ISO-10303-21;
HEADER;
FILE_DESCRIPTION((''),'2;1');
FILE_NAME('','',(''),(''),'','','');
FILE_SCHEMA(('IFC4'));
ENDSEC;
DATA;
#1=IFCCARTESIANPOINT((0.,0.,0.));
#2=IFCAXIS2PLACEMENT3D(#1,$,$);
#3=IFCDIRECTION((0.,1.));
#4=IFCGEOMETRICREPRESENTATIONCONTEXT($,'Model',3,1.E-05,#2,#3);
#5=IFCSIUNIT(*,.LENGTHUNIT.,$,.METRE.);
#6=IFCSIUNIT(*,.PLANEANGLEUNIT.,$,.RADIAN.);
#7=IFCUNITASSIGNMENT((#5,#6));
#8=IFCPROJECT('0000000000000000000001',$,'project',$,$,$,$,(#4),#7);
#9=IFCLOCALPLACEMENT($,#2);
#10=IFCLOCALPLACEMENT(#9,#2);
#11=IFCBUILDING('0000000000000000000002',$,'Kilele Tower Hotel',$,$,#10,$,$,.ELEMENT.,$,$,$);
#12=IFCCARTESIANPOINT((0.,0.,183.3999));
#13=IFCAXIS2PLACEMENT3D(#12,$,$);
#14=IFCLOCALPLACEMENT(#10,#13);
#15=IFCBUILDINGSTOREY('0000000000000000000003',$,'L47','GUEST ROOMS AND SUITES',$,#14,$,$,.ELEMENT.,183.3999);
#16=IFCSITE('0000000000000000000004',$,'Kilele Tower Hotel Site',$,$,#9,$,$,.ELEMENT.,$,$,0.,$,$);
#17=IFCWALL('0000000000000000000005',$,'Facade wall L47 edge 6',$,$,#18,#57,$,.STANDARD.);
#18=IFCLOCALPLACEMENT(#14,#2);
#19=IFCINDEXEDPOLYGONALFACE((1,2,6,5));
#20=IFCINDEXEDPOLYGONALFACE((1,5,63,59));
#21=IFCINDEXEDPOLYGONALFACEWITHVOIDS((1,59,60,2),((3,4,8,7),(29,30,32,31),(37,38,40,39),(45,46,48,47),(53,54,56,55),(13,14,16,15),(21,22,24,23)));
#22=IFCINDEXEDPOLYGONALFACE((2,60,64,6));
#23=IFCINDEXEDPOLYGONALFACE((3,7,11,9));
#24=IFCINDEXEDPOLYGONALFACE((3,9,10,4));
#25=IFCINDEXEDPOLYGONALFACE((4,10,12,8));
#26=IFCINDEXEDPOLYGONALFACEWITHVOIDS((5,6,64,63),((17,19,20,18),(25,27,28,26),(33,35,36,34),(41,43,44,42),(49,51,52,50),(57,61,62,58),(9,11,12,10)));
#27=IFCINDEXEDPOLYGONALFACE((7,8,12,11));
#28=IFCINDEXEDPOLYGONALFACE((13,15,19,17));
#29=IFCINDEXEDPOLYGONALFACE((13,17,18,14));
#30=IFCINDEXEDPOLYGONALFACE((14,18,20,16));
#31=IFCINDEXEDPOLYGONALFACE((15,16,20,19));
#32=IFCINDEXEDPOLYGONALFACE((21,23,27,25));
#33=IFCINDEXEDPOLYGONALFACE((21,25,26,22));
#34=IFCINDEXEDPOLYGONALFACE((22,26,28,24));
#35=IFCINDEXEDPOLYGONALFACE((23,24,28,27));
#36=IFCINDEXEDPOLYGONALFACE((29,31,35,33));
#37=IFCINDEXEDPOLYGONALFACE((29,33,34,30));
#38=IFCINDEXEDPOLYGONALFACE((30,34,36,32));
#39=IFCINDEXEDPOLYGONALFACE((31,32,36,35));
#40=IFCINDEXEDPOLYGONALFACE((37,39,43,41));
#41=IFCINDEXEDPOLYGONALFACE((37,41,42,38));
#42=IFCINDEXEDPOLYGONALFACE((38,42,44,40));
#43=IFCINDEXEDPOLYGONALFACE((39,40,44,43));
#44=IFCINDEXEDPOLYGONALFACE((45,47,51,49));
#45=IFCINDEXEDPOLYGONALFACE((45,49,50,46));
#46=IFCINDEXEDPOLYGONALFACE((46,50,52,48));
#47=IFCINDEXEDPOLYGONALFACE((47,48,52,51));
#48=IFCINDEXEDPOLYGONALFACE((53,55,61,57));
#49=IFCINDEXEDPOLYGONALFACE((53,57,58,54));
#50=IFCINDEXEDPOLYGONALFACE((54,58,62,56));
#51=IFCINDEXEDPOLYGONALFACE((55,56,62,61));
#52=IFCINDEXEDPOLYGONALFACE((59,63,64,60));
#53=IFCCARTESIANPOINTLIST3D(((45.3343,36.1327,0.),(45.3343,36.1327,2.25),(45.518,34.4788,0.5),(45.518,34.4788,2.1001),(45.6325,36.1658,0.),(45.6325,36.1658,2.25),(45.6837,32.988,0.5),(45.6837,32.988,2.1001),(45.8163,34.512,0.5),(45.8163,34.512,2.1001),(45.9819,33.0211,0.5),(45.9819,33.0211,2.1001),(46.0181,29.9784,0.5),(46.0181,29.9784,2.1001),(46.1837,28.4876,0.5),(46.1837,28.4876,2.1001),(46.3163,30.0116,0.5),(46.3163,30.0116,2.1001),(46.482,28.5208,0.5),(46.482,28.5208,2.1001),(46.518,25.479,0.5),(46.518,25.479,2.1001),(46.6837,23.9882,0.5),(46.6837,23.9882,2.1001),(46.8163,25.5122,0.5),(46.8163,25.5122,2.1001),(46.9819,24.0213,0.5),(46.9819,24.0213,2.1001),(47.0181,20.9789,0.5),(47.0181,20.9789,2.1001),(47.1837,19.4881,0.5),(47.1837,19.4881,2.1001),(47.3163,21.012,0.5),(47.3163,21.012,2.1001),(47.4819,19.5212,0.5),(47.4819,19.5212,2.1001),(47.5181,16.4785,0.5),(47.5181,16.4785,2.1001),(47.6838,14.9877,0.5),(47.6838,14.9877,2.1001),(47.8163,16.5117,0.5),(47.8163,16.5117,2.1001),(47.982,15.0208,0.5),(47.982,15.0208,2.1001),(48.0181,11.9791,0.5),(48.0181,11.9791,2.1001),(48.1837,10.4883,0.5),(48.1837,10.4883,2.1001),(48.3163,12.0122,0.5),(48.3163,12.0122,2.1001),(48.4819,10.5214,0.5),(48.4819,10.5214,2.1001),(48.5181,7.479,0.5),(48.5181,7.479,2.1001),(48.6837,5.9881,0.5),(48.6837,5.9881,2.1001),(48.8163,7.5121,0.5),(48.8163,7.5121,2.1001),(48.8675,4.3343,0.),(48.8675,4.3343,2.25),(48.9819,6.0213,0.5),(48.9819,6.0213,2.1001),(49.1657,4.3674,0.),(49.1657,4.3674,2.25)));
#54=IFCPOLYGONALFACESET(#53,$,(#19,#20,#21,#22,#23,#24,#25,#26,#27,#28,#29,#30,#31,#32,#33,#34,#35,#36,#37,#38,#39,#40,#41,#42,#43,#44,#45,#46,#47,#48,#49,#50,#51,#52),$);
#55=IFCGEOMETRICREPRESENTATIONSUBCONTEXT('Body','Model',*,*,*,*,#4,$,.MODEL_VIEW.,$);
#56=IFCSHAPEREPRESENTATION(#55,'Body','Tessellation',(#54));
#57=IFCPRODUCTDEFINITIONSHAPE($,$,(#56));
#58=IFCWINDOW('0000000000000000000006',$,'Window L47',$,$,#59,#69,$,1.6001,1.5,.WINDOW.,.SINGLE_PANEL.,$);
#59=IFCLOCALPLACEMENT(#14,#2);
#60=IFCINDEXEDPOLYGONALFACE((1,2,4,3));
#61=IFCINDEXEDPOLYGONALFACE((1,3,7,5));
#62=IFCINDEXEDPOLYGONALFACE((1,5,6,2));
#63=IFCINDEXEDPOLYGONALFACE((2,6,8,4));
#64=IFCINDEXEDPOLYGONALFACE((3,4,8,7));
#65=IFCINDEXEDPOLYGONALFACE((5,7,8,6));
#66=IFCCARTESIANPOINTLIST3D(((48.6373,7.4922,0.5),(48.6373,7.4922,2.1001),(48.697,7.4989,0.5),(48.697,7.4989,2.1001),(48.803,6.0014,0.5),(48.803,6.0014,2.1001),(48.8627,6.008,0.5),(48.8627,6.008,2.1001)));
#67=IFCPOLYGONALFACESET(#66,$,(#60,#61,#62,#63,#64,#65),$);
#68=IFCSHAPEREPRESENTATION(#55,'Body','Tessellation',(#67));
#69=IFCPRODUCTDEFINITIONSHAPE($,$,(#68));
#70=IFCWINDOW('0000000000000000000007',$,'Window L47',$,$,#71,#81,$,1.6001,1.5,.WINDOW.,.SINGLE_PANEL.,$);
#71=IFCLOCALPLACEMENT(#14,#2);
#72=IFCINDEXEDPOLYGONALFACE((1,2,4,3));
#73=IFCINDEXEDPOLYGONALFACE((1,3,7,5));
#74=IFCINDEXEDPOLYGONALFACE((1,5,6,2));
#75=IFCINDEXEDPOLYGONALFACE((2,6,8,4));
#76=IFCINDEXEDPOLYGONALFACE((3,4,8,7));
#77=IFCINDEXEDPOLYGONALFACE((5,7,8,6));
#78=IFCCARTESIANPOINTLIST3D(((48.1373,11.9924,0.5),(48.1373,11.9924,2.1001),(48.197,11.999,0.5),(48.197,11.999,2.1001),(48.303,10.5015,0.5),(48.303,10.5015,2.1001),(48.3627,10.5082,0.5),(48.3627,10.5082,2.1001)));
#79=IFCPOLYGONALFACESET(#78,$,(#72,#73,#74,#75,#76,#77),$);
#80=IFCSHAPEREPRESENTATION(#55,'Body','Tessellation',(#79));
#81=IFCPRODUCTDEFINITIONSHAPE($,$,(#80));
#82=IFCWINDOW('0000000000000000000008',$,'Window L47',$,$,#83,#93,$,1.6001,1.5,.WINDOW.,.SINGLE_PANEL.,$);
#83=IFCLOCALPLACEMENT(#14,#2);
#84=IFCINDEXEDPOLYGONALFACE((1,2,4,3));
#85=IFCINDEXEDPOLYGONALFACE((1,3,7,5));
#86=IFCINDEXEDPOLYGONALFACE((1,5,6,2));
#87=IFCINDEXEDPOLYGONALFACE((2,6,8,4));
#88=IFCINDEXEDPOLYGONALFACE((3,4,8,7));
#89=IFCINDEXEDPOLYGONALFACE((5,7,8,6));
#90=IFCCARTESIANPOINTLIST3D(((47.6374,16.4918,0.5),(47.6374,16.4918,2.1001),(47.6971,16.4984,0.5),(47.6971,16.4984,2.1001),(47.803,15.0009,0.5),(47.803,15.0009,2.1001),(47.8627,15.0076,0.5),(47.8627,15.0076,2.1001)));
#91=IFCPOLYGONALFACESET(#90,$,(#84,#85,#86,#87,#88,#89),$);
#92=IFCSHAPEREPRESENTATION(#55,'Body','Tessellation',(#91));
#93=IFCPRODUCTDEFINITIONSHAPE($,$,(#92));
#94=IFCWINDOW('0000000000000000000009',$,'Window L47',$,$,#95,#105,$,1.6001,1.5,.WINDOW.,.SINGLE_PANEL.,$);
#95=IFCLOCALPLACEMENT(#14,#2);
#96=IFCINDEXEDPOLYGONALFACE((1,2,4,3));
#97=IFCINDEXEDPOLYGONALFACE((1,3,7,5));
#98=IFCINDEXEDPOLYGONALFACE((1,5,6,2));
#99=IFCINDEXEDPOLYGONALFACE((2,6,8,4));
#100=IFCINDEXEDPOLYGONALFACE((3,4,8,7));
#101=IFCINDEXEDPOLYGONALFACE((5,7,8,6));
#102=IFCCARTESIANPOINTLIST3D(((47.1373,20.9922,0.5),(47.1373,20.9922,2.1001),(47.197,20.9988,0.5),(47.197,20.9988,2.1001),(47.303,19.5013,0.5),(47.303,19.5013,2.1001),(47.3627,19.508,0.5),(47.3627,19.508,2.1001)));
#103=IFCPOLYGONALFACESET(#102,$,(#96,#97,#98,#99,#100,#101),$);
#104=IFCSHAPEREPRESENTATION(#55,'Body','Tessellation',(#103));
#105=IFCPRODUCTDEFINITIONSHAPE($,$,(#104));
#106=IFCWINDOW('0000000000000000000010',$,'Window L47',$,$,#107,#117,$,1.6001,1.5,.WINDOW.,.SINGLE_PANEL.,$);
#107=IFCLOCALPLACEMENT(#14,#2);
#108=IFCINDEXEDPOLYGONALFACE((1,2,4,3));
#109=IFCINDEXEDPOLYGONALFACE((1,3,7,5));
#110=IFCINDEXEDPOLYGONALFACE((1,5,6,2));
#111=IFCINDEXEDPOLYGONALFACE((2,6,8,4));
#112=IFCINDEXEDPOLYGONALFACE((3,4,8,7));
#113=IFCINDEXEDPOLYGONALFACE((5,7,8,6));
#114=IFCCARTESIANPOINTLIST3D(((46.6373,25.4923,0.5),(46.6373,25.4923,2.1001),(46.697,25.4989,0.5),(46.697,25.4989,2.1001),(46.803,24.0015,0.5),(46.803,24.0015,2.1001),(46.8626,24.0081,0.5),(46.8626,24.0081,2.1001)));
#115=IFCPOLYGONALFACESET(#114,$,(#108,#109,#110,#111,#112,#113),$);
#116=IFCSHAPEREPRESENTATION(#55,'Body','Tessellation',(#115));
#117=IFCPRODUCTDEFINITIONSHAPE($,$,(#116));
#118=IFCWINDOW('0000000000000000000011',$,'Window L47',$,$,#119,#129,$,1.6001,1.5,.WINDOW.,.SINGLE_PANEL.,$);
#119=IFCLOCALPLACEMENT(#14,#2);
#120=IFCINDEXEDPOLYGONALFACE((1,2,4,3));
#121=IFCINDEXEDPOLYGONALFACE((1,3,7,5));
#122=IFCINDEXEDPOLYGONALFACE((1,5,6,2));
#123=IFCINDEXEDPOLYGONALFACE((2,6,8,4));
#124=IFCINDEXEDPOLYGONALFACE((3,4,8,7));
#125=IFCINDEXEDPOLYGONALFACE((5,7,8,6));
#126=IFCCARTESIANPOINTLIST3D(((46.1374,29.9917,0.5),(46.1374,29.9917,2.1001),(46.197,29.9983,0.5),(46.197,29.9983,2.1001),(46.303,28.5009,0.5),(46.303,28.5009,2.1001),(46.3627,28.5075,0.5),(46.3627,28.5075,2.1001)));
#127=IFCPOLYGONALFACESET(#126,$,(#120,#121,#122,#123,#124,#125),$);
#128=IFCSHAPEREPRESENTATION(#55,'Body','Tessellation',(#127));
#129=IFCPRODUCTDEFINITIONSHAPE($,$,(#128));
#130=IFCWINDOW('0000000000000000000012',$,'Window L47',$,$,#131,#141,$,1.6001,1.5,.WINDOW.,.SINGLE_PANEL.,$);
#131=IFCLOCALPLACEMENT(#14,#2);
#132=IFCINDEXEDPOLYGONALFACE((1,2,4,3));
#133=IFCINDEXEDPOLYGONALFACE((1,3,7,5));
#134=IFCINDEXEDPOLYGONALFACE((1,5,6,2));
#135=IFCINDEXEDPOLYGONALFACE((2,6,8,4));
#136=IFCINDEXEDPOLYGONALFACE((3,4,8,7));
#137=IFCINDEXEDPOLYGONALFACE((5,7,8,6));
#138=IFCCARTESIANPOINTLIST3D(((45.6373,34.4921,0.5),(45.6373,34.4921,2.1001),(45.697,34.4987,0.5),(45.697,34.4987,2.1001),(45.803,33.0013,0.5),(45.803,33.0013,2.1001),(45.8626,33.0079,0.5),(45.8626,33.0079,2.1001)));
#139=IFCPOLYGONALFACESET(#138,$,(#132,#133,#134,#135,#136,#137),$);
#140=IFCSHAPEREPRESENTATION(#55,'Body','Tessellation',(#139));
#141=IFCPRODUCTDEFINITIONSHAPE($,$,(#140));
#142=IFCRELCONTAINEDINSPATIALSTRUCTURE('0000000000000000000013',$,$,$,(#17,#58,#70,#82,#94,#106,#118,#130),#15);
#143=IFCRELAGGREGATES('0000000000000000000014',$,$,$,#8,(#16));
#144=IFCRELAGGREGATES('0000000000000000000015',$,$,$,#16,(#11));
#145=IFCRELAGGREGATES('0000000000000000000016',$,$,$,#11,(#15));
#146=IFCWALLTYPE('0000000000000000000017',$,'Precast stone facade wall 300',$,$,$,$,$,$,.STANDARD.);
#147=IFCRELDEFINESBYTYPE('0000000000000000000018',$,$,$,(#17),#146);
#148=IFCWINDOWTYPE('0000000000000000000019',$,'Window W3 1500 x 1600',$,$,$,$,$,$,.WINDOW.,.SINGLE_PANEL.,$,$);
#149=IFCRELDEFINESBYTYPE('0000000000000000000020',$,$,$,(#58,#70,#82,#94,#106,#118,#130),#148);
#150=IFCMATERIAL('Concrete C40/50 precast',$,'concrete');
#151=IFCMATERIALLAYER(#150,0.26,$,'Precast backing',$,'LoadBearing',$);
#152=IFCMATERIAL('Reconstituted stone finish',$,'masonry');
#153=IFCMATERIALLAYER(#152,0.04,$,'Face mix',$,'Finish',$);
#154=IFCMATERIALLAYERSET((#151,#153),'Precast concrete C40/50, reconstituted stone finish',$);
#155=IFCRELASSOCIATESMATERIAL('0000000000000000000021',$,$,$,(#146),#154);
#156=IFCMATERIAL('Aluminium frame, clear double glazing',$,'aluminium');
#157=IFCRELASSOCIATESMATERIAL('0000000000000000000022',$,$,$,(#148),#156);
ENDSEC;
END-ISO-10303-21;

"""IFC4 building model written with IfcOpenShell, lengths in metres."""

from ifc_helpers import new_model, si_unit, direction, frame, frame_2d, origin, place, context, subcontext, project, spatial, rectangle, extrude, material, layer, layer_set, type_object, element, fill, save


model = new_model("IFC4")

# Units and contexts
model_context = context("Model", 3, precision=1e-05, world=origin(), true_north=direction((0.0, 1.0)))
body_context = subcontext(model_context, "Body", "Model", "MODEL_VIEW")
ifc_project = project(units=[si_unit("LENGTHUNIT", "METRE"), si_unit("PLANEANGLEUNIT", "RADIAN")], contexts=[model_context])

# Site, building, storey
site_placement = place(None, origin())
site = spatial("IfcSite", under=ifc_project, at=site_placement, Name="Kilele Tower Hotel Site", CompositionType="ELEMENT", RefElevation=0.0)
building_placement = place(site_placement, origin())
building = spatial("IfcBuilding", under=site, at=building_placement, Name="Kilele Tower Hotel", CompositionType="ELEMENT")
storey_placement = place(building_placement, frame((0.0, 0.0, 183.3999)))
storey = spatial("IfcBuildingStorey", under=building, at=storey_placement, Name="L47", Description="GUEST ROOMS AND SUITES", CompositionType="ELEMENT", Elevation=183.3999)

# Shared definitions
ifc_material_1 = material(Name="Concrete C40/50 precast", Category="concrete")
ifc_layer_1 = layer(ifc_material_1, 0.26, Name="Precast backing", Category="LoadBearing")
ifc_material_2 = material(Name="Reconstituted stone finish", Category="masonry")
ifc_layer_2 = layer(ifc_material_2, 0.04, Name="Face mix", Category="Finish")
ifc_layer_set_1 = layer_set([ifc_layer_1, ifc_layer_2], Name="Precast concrete C40/50, reconstituted stone finish")
wall_type_1 = type_object("IfcWallType", Name="Precast stone facade wall 300", PredefinedType="STANDARD", material=ifc_layer_set_1)
ifc_material_3 = material(Name="Aluminium frame, clear double glazing", Category="aluminium")
window_type_1 = type_object("IfcWindowType", Name="Window W3 1500 x 1600", PartitioningType="SINGLE_PANEL", PredefinedType="WINDOW", material=ifc_material_3)

# Wall, openings, windows
wall_1_placement = place(storey_placement, frame((49.0166, 4.3508, 0.0), z_axis=(0.0, 0.0, 1.0), x_axis=(-0.110433, 0.993884, 0.0)))
wall_1 = element("IfcWall", 1, at=wall_1_placement, inside=storey, type_object=wall_type_1, Name="Facade wall L47 edge 6", PredefinedType="STANDARD", context=body_context, shape_type="SweptSolid", body=[
    extrude(rectangle(XDim=31.9941, YDim=0.3, at=frame_2d((15.9971, 0.0))), origin(), (0.0, 0.0, 1.0), 2.25),
])
opening_1_placement = place(wall_1_placement, frame((1.6641, 0.0, 0.5)))
opening_1 = element("IfcOpeningElement", 2, at=opening_1_placement, cuts=wall_1, PredefinedType="OPENING", context=body_context, shape_type="SweptSolid", body=[
    extrude(rectangle(XDim=1.5, YDim=1.6001, at=frame_2d((0.75, 0.8))), frame((0.0, 0.1599, 0.0), z_axis=(0.0, -1.0, 0.0), x_axis=(1.0, 0.0, 0.0)), (0.0, 0.0, 1.0), 0.3201),
])
opening_2_placement = place(wall_1_placement, frame((6.1919, 0.0, 0.5)))
opening_2 = element("IfcOpeningElement", 3, at=opening_2_placement, cuts=wall_1, PredefinedType="OPENING", context=body_context, shape_type="SweptSolid", body=[
    extrude(rectangle(XDim=1.5, YDim=1.6001, at=frame_2d((0.75, 0.8))), frame((0.0, 0.1599, 0.0), z_axis=(0.0, -1.0, 0.0), x_axis=(1.0, 0.0, 0.0)), (0.0, 0.0, 1.0), 0.3201),
])
opening_3_placement = place(wall_1_placement, frame((10.719, 0.0, 0.5)))
opening_3 = element("IfcOpeningElement", 4, at=opening_3_placement, cuts=wall_1, PredefinedType="OPENING", context=body_context, shape_type="SweptSolid", body=[
    extrude(rectangle(XDim=1.5, YDim=1.6001, at=frame_2d((0.75, 0.8))), frame((0.0, 0.1599, 0.0), z_axis=(0.0, -1.0, 0.0), x_axis=(1.0, 0.0, 0.0)), (0.0, 0.0, 1.0), 0.3201),
])
opening_4_placement = place(wall_1_placement, frame((15.2471, 0.0, 0.5)))
opening_4 = element("IfcOpeningElement", 5, at=opening_4_placement, cuts=wall_1, PredefinedType="OPENING", context=body_context, shape_type="SweptSolid", body=[
    extrude(rectangle(XDim=1.5, YDim=1.6001, at=frame_2d((0.75, 0.8))), frame((0.0, 0.1599, 0.0), z_axis=(0.0, -1.0, 0.0), x_axis=(1.0, 0.0, 0.0)), (0.0, 0.0, 1.0), 0.3201),
])
opening_5_placement = place(wall_1_placement, frame((19.7749, 0.0, 0.5)))
opening_5 = element("IfcOpeningElement", 6, at=opening_5_placement, cuts=wall_1, PredefinedType="OPENING", context=body_context, shape_type="SweptSolid", body=[
    extrude(rectangle(XDim=1.5, YDim=1.6001, at=frame_2d((0.75, 0.8))), frame((0.0, 0.1599, 0.0), z_axis=(0.0, -1.0, 0.0), x_axis=(1.0, 0.0, 0.0)), (0.0, 0.0, 1.0), 0.3201),
])
opening_6_placement = place(wall_1_placement, frame((24.302, 0.0, 0.5)))
opening_6 = element("IfcOpeningElement", 7, at=opening_6_placement, cuts=wall_1, PredefinedType="OPENING", context=body_context, shape_type="SweptSolid", body=[
    extrude(rectangle(XDim=1.5, YDim=1.6001, at=frame_2d((0.75, 0.8))), frame((0.0, 0.1599, 0.0), z_axis=(0.0, -1.0, 0.0), x_axis=(1.0, 0.0, 0.0)), (0.0, 0.0, 1.0), 0.3201),
])
opening_7_placement = place(wall_1_placement, frame((28.8301, 0.0, 0.5)))
opening_7 = element("IfcOpeningElement", 8, at=opening_7_placement, cuts=wall_1, PredefinedType="OPENING", context=body_context, shape_type="SweptSolid", body=[
    extrude(rectangle(XDim=1.5, YDim=1.6001, at=frame_2d((0.75, 0.8))), frame((0.0, 0.1599, 0.0), z_axis=(0.0, -1.0, 0.0), x_axis=(1.0, 0.0, 0.0)), (0.0, 0.0, 1.0), 0.3201),
])
window_1_placement = place(opening_1_placement, origin())
window_1 = element("IfcWindow", 9, at=window_1_placement, inside=storey, type_object=window_type_1, Name="Window L47", OverallHeight=1.6001, OverallWidth=1.5, PartitioningType="SINGLE_PANEL", PredefinedType="WINDOW", context=body_context, shape_type="SweptSolid", body=[
    extrude(rectangle(XDim=1.5, YDim=1.6001, at=frame_2d((0.75, 0.8))), frame((0.0, 0.03, 0.0), z_axis=(0.0, -1.0, 0.0), x_axis=(1.0, 0.0, 0.0)), (0.0, 0.0, 1.0), 0.0601),
])
fill(opening_1, window_1)
window_2_placement = place(opening_2_placement, origin())
window_2 = element("IfcWindow", 10, at=window_2_placement, inside=storey, type_object=window_type_1, Name="Window L47", OverallHeight=1.6001, OverallWidth=1.5, PartitioningType="SINGLE_PANEL", PredefinedType="WINDOW", context=body_context, shape_type="SweptSolid", body=[
    extrude(rectangle(XDim=1.5, YDim=1.6001, at=frame_2d((0.75, 0.8))), frame((0.0, 0.03, 0.0), z_axis=(0.0, -1.0, 0.0), x_axis=(1.0, 0.0, 0.0)), (0.0, 0.0, 1.0), 0.0601),
])
fill(opening_2, window_2)
window_3_placement = place(opening_3_placement, origin())
window_3 = element("IfcWindow", 11, at=window_3_placement, inside=storey, type_object=window_type_1, Name="Window L47", OverallHeight=1.6001, OverallWidth=1.5, PartitioningType="SINGLE_PANEL", PredefinedType="WINDOW", context=body_context, shape_type="SweptSolid", body=[
    extrude(rectangle(XDim=1.5, YDim=1.6001, at=frame_2d((0.75, 0.8))), frame((0.0, 0.03, 0.0), z_axis=(0.0, -1.0, 0.0), x_axis=(1.0, 0.0, 0.0)), (0.0, 0.0, 1.0), 0.0601),
])
fill(opening_3, window_3)
window_4_placement = place(opening_4_placement, origin())
window_4 = element("IfcWindow", 12, at=window_4_placement, inside=storey, type_object=window_type_1, Name="Window L47", OverallHeight=1.6001, OverallWidth=1.5, PartitioningType="SINGLE_PANEL", PredefinedType="WINDOW", context=body_context, shape_type="SweptSolid", body=[
    extrude(rectangle(XDim=1.5, YDim=1.6001, at=frame_2d((0.75, 0.8))), frame((0.0, 0.03, 0.0), z_axis=(0.0, -1.0, 0.0), x_axis=(1.0, 0.0, 0.0)), (0.0, 0.0, 1.0), 0.0601),
])
fill(opening_4, window_4)
window_5_placement = place(opening_5_placement, origin())
window_5 = element("IfcWindow", 13, at=window_5_placement, inside=storey, type_object=window_type_1, Name="Window L47", OverallHeight=1.6001, OverallWidth=1.5, PartitioningType="SINGLE_PANEL", PredefinedType="WINDOW", context=body_context, shape_type="SweptSolid", body=[
    extrude(rectangle(XDim=1.5, YDim=1.6001, at=frame_2d((0.75, 0.8))), frame((0.0, 0.03, 0.0), z_axis=(0.0, -1.0, 0.0), x_axis=(1.0, 0.0, 0.0)), (0.0, 0.0, 1.0), 0.0601),
])
fill(opening_5, window_5)
window_6_placement = place(opening_6_placement, origin())
window_6 = element("IfcWindow", 14, at=window_6_placement, inside=storey, type_object=window_type_1, Name="Window L47", OverallHeight=1.6001, OverallWidth=1.5, PartitioningType="SINGLE_PANEL", PredefinedType="WINDOW", context=body_context, shape_type="SweptSolid", body=[
    extrude(rectangle(XDim=1.5, YDim=1.6001, at=frame_2d((0.75, 0.8))), frame((0.0, 0.03, 0.0), z_axis=(0.0, -1.0, 0.0), x_axis=(1.0, 0.0, 0.0)), (0.0, 0.0, 1.0), 0.0601),
])
fill(opening_6, window_6)
window_7_placement = place(opening_7_placement, origin())
window_7 = element("IfcWindow", 15, at=window_7_placement, inside=storey, type_object=window_type_1, Name="Window L47", OverallHeight=1.6001, OverallWidth=1.5, PartitioningType="SINGLE_PANEL", PredefinedType="WINDOW", context=body_context, shape_type="SweptSolid", body=[
    extrude(rectangle(XDim=1.5, YDim=1.6001, at=frame_2d((0.75, 0.8))), frame((0.0, 0.03, 0.0), z_axis=(0.0, -1.0, 0.0), x_axis=(1.0, 0.0, 0.0)), (0.0, 0.0, 1.0), 0.0601),
])
fill(opening_7, window_7)

save(model, "model.ifc")
